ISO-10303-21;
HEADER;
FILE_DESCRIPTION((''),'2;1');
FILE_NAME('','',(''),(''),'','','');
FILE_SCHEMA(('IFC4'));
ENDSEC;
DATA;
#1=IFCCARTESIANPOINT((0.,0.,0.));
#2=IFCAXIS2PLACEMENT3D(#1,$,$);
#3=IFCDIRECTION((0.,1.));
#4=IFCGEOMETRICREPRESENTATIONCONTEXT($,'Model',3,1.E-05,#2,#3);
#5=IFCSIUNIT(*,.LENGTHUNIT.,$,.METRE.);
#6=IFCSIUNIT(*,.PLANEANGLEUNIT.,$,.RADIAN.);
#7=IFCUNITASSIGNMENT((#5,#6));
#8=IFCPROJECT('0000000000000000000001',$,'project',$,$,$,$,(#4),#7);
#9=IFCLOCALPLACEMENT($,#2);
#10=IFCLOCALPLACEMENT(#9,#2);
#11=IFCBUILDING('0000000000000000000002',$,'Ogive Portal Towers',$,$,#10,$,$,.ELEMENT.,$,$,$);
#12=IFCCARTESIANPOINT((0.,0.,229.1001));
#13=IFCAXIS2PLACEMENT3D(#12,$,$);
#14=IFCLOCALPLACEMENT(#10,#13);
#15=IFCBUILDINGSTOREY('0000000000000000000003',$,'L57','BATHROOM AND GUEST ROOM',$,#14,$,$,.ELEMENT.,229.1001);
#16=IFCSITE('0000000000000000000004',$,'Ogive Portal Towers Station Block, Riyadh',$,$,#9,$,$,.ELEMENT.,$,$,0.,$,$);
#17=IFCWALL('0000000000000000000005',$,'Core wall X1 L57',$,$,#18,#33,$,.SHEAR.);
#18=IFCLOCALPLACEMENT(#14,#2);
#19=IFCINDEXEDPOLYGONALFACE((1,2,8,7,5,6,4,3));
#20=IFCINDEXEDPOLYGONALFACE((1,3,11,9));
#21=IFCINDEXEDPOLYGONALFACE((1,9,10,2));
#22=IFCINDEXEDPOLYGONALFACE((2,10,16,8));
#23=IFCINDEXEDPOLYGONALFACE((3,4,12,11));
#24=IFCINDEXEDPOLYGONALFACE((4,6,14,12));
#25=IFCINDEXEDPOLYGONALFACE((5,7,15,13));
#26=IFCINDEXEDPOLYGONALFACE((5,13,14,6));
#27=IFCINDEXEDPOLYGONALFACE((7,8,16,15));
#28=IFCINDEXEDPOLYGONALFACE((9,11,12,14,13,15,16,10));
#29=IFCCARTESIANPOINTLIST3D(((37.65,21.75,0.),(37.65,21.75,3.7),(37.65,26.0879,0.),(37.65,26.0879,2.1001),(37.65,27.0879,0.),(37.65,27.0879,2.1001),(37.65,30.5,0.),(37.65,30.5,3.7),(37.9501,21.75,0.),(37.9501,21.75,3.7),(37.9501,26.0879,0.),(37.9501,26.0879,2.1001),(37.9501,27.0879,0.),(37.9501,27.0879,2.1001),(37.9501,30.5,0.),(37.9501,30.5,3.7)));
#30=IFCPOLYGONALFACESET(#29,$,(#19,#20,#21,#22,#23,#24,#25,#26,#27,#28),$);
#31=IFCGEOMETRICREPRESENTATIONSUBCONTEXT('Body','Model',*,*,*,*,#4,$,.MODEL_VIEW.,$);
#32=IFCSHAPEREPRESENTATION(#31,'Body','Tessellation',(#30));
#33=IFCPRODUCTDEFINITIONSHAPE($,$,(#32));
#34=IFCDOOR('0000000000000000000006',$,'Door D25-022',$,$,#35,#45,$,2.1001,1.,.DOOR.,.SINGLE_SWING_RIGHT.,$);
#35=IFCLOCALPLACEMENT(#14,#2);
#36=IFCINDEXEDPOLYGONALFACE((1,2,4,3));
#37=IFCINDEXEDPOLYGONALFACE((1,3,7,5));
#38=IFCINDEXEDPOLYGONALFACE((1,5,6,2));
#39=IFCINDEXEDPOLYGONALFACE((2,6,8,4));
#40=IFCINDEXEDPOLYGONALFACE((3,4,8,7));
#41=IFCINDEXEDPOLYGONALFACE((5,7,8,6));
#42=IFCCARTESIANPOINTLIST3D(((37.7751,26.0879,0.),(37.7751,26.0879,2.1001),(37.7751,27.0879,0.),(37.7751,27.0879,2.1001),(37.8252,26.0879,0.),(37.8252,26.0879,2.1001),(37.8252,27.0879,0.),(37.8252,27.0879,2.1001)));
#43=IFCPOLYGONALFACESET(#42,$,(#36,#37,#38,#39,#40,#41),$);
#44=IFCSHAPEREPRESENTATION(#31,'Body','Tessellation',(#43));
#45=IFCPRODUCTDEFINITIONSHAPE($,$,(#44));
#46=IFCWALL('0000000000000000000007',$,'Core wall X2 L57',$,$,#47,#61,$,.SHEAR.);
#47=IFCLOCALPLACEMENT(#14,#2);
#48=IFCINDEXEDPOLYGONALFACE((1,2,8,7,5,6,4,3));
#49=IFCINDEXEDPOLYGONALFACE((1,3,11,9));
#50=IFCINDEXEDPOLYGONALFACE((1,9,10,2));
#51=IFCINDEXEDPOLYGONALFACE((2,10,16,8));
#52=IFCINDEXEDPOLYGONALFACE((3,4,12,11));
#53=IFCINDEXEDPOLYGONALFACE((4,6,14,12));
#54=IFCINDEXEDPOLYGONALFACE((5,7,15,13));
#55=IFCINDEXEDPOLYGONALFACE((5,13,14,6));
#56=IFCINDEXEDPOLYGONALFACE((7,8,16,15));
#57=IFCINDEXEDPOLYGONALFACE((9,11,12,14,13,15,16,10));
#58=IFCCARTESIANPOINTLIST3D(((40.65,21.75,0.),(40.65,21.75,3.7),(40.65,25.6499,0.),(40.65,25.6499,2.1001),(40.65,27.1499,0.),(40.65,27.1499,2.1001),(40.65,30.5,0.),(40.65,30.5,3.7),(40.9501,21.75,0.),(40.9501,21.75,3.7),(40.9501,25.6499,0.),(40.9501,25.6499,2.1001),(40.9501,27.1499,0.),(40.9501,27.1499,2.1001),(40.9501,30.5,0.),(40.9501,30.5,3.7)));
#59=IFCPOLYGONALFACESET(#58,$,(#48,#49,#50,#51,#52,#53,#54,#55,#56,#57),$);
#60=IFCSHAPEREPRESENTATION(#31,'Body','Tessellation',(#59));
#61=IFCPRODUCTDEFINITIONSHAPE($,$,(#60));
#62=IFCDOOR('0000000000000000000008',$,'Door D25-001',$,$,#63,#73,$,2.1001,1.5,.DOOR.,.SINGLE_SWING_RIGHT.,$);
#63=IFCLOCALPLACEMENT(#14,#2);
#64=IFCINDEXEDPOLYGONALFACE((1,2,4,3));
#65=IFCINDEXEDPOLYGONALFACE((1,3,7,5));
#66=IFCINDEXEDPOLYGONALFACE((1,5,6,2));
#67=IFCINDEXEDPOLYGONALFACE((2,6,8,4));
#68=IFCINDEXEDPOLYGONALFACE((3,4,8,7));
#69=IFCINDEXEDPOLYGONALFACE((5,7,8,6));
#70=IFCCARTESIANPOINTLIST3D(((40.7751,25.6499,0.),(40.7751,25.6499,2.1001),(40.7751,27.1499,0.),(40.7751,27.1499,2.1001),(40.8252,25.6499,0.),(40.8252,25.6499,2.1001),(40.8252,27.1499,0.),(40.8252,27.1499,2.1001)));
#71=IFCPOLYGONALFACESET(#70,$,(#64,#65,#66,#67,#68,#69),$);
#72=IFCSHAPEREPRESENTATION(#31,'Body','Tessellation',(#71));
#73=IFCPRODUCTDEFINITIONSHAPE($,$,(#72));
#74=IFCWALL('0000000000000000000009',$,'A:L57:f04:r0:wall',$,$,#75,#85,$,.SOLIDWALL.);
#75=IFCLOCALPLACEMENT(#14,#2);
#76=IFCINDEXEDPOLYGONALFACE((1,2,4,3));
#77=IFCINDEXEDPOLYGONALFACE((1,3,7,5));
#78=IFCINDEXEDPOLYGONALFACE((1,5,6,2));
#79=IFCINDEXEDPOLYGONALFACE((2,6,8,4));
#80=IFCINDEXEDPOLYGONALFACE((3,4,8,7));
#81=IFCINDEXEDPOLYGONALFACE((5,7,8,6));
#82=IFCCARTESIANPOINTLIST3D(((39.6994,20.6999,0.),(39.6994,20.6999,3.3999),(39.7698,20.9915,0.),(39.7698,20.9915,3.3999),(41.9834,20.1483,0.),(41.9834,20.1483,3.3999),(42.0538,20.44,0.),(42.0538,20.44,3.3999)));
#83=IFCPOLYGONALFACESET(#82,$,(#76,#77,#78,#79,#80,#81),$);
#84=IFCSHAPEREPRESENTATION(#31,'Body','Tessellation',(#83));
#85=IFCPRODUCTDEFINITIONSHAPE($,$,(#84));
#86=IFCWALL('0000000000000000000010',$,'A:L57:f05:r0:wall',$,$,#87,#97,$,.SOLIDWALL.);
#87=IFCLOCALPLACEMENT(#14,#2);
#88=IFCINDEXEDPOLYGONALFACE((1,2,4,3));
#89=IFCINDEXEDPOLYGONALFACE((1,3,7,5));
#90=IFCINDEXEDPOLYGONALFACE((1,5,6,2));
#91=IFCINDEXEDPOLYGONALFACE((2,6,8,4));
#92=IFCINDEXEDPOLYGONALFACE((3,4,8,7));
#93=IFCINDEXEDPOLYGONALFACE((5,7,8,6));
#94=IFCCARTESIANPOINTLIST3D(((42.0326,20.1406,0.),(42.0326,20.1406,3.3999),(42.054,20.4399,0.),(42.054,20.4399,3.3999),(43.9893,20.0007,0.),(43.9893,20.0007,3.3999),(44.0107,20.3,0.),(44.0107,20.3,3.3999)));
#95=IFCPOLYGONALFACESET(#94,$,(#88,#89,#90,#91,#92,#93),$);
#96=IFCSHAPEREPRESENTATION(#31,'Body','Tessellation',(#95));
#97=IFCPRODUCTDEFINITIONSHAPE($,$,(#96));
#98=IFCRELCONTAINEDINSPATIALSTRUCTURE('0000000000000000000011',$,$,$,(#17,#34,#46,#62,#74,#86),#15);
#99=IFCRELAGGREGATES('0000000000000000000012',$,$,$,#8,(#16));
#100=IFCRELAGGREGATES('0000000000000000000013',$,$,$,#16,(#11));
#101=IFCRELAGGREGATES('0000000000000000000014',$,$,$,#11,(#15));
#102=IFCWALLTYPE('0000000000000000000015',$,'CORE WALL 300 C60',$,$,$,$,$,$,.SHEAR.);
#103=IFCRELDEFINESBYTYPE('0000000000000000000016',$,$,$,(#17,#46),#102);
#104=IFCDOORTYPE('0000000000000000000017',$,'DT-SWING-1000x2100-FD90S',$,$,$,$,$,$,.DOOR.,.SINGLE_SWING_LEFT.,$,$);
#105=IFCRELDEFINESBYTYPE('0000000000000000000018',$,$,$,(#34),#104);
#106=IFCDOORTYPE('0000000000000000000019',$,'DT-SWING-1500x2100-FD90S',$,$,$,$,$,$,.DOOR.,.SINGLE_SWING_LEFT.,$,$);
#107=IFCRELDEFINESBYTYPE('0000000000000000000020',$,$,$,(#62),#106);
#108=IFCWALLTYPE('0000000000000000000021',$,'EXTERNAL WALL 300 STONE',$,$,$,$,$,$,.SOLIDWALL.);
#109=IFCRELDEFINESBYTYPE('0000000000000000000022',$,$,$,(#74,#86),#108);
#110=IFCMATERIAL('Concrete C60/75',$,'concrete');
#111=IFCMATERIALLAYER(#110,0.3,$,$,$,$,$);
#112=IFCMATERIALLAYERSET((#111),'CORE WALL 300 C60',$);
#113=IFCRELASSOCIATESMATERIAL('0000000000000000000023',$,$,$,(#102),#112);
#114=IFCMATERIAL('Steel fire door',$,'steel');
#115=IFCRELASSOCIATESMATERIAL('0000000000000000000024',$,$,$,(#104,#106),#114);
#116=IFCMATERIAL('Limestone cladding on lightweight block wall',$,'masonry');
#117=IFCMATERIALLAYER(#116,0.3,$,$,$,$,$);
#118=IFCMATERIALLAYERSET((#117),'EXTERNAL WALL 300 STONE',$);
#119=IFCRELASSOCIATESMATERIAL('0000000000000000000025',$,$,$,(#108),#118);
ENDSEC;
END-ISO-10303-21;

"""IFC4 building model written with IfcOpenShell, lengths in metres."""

from ifc_helpers import new_model, si_unit, direction, frame, frame_2d, origin, place, context, subcontext, project, spatial, rectangle, extrude, material, layer, layer_set, type_object, element, fill, save


model = new_model("IFC4")

# Units and contexts
model_context = context("Model", 3, precision=1e-05, world=origin(), true_north=direction((0.0, 1.0)))
body_context = subcontext(model_context, "Body", "Model", "MODEL_VIEW")
ifc_project = project(units=[si_unit("LENGTHUNIT", "METRE"), si_unit("PLANEANGLEUNIT", "RADIAN")], contexts=[model_context])

# Site, building, storey
site_placement = place(None, origin())
site = spatial("IfcSite", under=ifc_project, at=site_placement, Name="Ogive Portal Towers Station Block, Riyadh", CompositionType="ELEMENT", RefElevation=0.0)
building_placement = place(site_placement, origin())
building = spatial("IfcBuilding", under=site, at=building_placement, Name="Ogive Portal Towers", CompositionType="ELEMENT")
storey_placement = place(building_placement, frame((0.0, 0.0, 229.1001)))
storey = spatial("IfcBuildingStorey", under=building, at=storey_placement, Name="L57", Description="BATHROOM AND GUEST ROOM", CompositionType="ELEMENT", Elevation=229.1001)

# Walls, openings, doors
ifc_material_1 = material(Name="Concrete C60/75", Category="concrete")
ifc_layer_1 = layer(ifc_material_1, 0.3)
ifc_layer_set_1 = layer_set([ifc_layer_1], Name="CORE WALL 300 C60")
wall_type_1 = type_object("IfcWallType", Name="CORE WALL 300 C60", PredefinedType="SHEAR", material=ifc_layer_set_1)
wall_1_placement = place(storey_placement, frame((37.8, 21.75, 0.0), z_axis=(0.0, 0.0, 1.0), x_axis=(0.0, 1.0, 0.0)))
wall_1 = element("IfcWall", 1, at=wall_1_placement, inside=storey, type_object=wall_type_1, Name="Core wall X1 L57", PredefinedType="SHEAR", context=body_context, shape_type="SweptSolid", body=[
    extrude(rectangle(XDim=8.75, YDim=0.3, at=frame_2d((4.375, 0.0))), origin(), (0.0, 0.0, 1.0), 3.7),
])
opening_1_placement = place(wall_1_placement, frame((4.3379, 0.0, 0.0)))
opening_1 = element("IfcOpeningElement", 2, at=opening_1_placement, cuts=wall_1, PredefinedType="OPENING", context=body_context, shape_type="SweptSolid", body=[
    extrude(rectangle(XDim=1.0, YDim=2.1001, at=frame_2d((0.5, 1.05))), frame((0.0, 0.1602, 0.0), z_axis=(0.0, -1.0, 0.0), x_axis=(1.0, 0.0, 0.0)), (0.0, 0.0, 1.0), 0.3201),
])
ifc_material_2 = material(Name="Steel fire door", Category="steel")
door_type_1 = type_object("IfcDoorType", Name="DT-SWING-1000x2100-FD90S", OperationType="SINGLE_SWING_LEFT", PredefinedType="DOOR", material=ifc_material_2)
door_1_placement = place(opening_1_placement, origin())
door_1 = element("IfcDoor", 3, at=door_1_placement, inside=storey, type_object=door_type_1, Name="Door D25-022", OperationType="SINGLE_SWING_RIGHT", OverallHeight=2.1001, OverallWidth=1.0, PredefinedType="DOOR", context=body_context, shape_type="SweptSolid", body=[
    extrude(rectangle(XDim=1.0, YDim=2.1001, at=frame_2d((0.5, 1.05))), frame((0.0, 0.0249, 0.0), z_axis=(0.0, -1.0, 0.0), x_axis=(1.0, 0.0, 0.0)), (0.0, 0.0, 1.0), 0.05),
])
fill(opening_1, door_1)
wall_2_placement = place(storey_placement, frame((40.8, 21.75, 0.0), z_axis=(0.0, 0.0, 1.0), x_axis=(0.0, 1.0, 0.0)))
wall_2 = element("IfcWall", 4, at=wall_2_placement, inside=storey, type_object=wall_type_1, Name="Core wall X2 L57", PredefinedType="SHEAR", context=body_context, shape_type="SweptSolid", body=[
    extrude(rectangle(XDim=8.75, YDim=0.3, at=frame_2d((4.375, 0.0))), origin(), (0.0, 0.0, 1.0), 3.7),
])
opening_2_placement = place(wall_2_placement, frame((3.8999, 0.0, 0.0)))
opening_2 = element("IfcOpeningElement", 5, at=opening_2_placement, cuts=wall_2, PredefinedType="OPENING", context=body_context, shape_type="SweptSolid", body=[
    extrude(rectangle(XDim=1.5, YDim=2.1001, at=frame_2d((0.75, 1.05))), frame((0.0, 0.1602, 0.0), z_axis=(0.0, -1.0, 0.0), x_axis=(1.0, 0.0, 0.0)), (0.0, 0.0, 1.0), 0.3201),
])
door_type_2 = type_object("IfcDoorType", Name="DT-SWING-1500x2100-FD90S", OperationType="SINGLE_SWING_LEFT", PredefinedType="DOOR", material=ifc_material_2)
door_2_placement = place(opening_2_placement, origin())
door_2 = element("IfcDoor", 6, at=door_2_placement, inside=storey, type_object=door_type_2, Name="Door D25-001", OperationType="SINGLE_SWING_RIGHT", OverallHeight=2.1001, OverallWidth=1.5, PredefinedType="DOOR", context=body_context, shape_type="SweptSolid", body=[
    extrude(rectangle(XDim=1.5, YDim=2.1001, at=frame_2d((0.75, 1.05))), frame((0.0, 0.0249, 0.0), z_axis=(0.0, -1.0, 0.0), x_axis=(1.0, 0.0, 0.0)), (0.0, 0.0, 1.0), 0.05),
])
fill(opening_2, door_2)

# Walls
ifc_material_3 = material(Name="Limestone cladding on lightweight block wall", Category="masonry")
ifc_layer_2 = layer(ifc_material_3, 0.3)
ifc_layer_set_2 = layer_set([ifc_layer_2], Name="EXTERNAL WALL 300 STONE")
wall_type_2 = type_object("IfcWallType", Name="EXTERNAL WALL 300 STONE", PredefinedType="SOLIDWALL", material=ifc_layer_set_2)
wall_3_placement = place(storey_placement, frame((39.7346, 20.8457, 0.0), z_axis=(0.0, 0.0, 1.0), x_axis=(0.972061, -0.234729, 0.0)))
element("IfcWall", 7, at=wall_3_placement, inside=storey, type_object=wall_type_2, Name="A:L57:f04:r0:wall", PredefinedType="SOLIDWALL", context=body_context, shape_type="SweptSolid", body=[
    extrude(rectangle(XDim=2.3496, YDim=0.3, at=frame_2d((1.1748, 0.0))), origin(), (0.0, 0.0, 1.0), 3.3999),
])
wall_4_placement = place(storey_placement, frame((42.0432, 20.2903, 0.0), z_axis=(0.0, 0.0, 1.0), x_axis=(0.997454, -0.071309, 0.0)))
element("IfcWall", 8, at=wall_4_placement, inside=storey, type_object=wall_type_2, Name="A:L57:f05:r0:wall", PredefinedType="SOLIDWALL", context=body_context, shape_type="SweptSolid", body=[
    extrude(rectangle(XDim=1.9617, YDim=0.3, at=frame_2d((0.981, 0.0))), origin(), (0.0, 0.0, 1.0), 3.3999),
])

save(model, "model.ifc")
